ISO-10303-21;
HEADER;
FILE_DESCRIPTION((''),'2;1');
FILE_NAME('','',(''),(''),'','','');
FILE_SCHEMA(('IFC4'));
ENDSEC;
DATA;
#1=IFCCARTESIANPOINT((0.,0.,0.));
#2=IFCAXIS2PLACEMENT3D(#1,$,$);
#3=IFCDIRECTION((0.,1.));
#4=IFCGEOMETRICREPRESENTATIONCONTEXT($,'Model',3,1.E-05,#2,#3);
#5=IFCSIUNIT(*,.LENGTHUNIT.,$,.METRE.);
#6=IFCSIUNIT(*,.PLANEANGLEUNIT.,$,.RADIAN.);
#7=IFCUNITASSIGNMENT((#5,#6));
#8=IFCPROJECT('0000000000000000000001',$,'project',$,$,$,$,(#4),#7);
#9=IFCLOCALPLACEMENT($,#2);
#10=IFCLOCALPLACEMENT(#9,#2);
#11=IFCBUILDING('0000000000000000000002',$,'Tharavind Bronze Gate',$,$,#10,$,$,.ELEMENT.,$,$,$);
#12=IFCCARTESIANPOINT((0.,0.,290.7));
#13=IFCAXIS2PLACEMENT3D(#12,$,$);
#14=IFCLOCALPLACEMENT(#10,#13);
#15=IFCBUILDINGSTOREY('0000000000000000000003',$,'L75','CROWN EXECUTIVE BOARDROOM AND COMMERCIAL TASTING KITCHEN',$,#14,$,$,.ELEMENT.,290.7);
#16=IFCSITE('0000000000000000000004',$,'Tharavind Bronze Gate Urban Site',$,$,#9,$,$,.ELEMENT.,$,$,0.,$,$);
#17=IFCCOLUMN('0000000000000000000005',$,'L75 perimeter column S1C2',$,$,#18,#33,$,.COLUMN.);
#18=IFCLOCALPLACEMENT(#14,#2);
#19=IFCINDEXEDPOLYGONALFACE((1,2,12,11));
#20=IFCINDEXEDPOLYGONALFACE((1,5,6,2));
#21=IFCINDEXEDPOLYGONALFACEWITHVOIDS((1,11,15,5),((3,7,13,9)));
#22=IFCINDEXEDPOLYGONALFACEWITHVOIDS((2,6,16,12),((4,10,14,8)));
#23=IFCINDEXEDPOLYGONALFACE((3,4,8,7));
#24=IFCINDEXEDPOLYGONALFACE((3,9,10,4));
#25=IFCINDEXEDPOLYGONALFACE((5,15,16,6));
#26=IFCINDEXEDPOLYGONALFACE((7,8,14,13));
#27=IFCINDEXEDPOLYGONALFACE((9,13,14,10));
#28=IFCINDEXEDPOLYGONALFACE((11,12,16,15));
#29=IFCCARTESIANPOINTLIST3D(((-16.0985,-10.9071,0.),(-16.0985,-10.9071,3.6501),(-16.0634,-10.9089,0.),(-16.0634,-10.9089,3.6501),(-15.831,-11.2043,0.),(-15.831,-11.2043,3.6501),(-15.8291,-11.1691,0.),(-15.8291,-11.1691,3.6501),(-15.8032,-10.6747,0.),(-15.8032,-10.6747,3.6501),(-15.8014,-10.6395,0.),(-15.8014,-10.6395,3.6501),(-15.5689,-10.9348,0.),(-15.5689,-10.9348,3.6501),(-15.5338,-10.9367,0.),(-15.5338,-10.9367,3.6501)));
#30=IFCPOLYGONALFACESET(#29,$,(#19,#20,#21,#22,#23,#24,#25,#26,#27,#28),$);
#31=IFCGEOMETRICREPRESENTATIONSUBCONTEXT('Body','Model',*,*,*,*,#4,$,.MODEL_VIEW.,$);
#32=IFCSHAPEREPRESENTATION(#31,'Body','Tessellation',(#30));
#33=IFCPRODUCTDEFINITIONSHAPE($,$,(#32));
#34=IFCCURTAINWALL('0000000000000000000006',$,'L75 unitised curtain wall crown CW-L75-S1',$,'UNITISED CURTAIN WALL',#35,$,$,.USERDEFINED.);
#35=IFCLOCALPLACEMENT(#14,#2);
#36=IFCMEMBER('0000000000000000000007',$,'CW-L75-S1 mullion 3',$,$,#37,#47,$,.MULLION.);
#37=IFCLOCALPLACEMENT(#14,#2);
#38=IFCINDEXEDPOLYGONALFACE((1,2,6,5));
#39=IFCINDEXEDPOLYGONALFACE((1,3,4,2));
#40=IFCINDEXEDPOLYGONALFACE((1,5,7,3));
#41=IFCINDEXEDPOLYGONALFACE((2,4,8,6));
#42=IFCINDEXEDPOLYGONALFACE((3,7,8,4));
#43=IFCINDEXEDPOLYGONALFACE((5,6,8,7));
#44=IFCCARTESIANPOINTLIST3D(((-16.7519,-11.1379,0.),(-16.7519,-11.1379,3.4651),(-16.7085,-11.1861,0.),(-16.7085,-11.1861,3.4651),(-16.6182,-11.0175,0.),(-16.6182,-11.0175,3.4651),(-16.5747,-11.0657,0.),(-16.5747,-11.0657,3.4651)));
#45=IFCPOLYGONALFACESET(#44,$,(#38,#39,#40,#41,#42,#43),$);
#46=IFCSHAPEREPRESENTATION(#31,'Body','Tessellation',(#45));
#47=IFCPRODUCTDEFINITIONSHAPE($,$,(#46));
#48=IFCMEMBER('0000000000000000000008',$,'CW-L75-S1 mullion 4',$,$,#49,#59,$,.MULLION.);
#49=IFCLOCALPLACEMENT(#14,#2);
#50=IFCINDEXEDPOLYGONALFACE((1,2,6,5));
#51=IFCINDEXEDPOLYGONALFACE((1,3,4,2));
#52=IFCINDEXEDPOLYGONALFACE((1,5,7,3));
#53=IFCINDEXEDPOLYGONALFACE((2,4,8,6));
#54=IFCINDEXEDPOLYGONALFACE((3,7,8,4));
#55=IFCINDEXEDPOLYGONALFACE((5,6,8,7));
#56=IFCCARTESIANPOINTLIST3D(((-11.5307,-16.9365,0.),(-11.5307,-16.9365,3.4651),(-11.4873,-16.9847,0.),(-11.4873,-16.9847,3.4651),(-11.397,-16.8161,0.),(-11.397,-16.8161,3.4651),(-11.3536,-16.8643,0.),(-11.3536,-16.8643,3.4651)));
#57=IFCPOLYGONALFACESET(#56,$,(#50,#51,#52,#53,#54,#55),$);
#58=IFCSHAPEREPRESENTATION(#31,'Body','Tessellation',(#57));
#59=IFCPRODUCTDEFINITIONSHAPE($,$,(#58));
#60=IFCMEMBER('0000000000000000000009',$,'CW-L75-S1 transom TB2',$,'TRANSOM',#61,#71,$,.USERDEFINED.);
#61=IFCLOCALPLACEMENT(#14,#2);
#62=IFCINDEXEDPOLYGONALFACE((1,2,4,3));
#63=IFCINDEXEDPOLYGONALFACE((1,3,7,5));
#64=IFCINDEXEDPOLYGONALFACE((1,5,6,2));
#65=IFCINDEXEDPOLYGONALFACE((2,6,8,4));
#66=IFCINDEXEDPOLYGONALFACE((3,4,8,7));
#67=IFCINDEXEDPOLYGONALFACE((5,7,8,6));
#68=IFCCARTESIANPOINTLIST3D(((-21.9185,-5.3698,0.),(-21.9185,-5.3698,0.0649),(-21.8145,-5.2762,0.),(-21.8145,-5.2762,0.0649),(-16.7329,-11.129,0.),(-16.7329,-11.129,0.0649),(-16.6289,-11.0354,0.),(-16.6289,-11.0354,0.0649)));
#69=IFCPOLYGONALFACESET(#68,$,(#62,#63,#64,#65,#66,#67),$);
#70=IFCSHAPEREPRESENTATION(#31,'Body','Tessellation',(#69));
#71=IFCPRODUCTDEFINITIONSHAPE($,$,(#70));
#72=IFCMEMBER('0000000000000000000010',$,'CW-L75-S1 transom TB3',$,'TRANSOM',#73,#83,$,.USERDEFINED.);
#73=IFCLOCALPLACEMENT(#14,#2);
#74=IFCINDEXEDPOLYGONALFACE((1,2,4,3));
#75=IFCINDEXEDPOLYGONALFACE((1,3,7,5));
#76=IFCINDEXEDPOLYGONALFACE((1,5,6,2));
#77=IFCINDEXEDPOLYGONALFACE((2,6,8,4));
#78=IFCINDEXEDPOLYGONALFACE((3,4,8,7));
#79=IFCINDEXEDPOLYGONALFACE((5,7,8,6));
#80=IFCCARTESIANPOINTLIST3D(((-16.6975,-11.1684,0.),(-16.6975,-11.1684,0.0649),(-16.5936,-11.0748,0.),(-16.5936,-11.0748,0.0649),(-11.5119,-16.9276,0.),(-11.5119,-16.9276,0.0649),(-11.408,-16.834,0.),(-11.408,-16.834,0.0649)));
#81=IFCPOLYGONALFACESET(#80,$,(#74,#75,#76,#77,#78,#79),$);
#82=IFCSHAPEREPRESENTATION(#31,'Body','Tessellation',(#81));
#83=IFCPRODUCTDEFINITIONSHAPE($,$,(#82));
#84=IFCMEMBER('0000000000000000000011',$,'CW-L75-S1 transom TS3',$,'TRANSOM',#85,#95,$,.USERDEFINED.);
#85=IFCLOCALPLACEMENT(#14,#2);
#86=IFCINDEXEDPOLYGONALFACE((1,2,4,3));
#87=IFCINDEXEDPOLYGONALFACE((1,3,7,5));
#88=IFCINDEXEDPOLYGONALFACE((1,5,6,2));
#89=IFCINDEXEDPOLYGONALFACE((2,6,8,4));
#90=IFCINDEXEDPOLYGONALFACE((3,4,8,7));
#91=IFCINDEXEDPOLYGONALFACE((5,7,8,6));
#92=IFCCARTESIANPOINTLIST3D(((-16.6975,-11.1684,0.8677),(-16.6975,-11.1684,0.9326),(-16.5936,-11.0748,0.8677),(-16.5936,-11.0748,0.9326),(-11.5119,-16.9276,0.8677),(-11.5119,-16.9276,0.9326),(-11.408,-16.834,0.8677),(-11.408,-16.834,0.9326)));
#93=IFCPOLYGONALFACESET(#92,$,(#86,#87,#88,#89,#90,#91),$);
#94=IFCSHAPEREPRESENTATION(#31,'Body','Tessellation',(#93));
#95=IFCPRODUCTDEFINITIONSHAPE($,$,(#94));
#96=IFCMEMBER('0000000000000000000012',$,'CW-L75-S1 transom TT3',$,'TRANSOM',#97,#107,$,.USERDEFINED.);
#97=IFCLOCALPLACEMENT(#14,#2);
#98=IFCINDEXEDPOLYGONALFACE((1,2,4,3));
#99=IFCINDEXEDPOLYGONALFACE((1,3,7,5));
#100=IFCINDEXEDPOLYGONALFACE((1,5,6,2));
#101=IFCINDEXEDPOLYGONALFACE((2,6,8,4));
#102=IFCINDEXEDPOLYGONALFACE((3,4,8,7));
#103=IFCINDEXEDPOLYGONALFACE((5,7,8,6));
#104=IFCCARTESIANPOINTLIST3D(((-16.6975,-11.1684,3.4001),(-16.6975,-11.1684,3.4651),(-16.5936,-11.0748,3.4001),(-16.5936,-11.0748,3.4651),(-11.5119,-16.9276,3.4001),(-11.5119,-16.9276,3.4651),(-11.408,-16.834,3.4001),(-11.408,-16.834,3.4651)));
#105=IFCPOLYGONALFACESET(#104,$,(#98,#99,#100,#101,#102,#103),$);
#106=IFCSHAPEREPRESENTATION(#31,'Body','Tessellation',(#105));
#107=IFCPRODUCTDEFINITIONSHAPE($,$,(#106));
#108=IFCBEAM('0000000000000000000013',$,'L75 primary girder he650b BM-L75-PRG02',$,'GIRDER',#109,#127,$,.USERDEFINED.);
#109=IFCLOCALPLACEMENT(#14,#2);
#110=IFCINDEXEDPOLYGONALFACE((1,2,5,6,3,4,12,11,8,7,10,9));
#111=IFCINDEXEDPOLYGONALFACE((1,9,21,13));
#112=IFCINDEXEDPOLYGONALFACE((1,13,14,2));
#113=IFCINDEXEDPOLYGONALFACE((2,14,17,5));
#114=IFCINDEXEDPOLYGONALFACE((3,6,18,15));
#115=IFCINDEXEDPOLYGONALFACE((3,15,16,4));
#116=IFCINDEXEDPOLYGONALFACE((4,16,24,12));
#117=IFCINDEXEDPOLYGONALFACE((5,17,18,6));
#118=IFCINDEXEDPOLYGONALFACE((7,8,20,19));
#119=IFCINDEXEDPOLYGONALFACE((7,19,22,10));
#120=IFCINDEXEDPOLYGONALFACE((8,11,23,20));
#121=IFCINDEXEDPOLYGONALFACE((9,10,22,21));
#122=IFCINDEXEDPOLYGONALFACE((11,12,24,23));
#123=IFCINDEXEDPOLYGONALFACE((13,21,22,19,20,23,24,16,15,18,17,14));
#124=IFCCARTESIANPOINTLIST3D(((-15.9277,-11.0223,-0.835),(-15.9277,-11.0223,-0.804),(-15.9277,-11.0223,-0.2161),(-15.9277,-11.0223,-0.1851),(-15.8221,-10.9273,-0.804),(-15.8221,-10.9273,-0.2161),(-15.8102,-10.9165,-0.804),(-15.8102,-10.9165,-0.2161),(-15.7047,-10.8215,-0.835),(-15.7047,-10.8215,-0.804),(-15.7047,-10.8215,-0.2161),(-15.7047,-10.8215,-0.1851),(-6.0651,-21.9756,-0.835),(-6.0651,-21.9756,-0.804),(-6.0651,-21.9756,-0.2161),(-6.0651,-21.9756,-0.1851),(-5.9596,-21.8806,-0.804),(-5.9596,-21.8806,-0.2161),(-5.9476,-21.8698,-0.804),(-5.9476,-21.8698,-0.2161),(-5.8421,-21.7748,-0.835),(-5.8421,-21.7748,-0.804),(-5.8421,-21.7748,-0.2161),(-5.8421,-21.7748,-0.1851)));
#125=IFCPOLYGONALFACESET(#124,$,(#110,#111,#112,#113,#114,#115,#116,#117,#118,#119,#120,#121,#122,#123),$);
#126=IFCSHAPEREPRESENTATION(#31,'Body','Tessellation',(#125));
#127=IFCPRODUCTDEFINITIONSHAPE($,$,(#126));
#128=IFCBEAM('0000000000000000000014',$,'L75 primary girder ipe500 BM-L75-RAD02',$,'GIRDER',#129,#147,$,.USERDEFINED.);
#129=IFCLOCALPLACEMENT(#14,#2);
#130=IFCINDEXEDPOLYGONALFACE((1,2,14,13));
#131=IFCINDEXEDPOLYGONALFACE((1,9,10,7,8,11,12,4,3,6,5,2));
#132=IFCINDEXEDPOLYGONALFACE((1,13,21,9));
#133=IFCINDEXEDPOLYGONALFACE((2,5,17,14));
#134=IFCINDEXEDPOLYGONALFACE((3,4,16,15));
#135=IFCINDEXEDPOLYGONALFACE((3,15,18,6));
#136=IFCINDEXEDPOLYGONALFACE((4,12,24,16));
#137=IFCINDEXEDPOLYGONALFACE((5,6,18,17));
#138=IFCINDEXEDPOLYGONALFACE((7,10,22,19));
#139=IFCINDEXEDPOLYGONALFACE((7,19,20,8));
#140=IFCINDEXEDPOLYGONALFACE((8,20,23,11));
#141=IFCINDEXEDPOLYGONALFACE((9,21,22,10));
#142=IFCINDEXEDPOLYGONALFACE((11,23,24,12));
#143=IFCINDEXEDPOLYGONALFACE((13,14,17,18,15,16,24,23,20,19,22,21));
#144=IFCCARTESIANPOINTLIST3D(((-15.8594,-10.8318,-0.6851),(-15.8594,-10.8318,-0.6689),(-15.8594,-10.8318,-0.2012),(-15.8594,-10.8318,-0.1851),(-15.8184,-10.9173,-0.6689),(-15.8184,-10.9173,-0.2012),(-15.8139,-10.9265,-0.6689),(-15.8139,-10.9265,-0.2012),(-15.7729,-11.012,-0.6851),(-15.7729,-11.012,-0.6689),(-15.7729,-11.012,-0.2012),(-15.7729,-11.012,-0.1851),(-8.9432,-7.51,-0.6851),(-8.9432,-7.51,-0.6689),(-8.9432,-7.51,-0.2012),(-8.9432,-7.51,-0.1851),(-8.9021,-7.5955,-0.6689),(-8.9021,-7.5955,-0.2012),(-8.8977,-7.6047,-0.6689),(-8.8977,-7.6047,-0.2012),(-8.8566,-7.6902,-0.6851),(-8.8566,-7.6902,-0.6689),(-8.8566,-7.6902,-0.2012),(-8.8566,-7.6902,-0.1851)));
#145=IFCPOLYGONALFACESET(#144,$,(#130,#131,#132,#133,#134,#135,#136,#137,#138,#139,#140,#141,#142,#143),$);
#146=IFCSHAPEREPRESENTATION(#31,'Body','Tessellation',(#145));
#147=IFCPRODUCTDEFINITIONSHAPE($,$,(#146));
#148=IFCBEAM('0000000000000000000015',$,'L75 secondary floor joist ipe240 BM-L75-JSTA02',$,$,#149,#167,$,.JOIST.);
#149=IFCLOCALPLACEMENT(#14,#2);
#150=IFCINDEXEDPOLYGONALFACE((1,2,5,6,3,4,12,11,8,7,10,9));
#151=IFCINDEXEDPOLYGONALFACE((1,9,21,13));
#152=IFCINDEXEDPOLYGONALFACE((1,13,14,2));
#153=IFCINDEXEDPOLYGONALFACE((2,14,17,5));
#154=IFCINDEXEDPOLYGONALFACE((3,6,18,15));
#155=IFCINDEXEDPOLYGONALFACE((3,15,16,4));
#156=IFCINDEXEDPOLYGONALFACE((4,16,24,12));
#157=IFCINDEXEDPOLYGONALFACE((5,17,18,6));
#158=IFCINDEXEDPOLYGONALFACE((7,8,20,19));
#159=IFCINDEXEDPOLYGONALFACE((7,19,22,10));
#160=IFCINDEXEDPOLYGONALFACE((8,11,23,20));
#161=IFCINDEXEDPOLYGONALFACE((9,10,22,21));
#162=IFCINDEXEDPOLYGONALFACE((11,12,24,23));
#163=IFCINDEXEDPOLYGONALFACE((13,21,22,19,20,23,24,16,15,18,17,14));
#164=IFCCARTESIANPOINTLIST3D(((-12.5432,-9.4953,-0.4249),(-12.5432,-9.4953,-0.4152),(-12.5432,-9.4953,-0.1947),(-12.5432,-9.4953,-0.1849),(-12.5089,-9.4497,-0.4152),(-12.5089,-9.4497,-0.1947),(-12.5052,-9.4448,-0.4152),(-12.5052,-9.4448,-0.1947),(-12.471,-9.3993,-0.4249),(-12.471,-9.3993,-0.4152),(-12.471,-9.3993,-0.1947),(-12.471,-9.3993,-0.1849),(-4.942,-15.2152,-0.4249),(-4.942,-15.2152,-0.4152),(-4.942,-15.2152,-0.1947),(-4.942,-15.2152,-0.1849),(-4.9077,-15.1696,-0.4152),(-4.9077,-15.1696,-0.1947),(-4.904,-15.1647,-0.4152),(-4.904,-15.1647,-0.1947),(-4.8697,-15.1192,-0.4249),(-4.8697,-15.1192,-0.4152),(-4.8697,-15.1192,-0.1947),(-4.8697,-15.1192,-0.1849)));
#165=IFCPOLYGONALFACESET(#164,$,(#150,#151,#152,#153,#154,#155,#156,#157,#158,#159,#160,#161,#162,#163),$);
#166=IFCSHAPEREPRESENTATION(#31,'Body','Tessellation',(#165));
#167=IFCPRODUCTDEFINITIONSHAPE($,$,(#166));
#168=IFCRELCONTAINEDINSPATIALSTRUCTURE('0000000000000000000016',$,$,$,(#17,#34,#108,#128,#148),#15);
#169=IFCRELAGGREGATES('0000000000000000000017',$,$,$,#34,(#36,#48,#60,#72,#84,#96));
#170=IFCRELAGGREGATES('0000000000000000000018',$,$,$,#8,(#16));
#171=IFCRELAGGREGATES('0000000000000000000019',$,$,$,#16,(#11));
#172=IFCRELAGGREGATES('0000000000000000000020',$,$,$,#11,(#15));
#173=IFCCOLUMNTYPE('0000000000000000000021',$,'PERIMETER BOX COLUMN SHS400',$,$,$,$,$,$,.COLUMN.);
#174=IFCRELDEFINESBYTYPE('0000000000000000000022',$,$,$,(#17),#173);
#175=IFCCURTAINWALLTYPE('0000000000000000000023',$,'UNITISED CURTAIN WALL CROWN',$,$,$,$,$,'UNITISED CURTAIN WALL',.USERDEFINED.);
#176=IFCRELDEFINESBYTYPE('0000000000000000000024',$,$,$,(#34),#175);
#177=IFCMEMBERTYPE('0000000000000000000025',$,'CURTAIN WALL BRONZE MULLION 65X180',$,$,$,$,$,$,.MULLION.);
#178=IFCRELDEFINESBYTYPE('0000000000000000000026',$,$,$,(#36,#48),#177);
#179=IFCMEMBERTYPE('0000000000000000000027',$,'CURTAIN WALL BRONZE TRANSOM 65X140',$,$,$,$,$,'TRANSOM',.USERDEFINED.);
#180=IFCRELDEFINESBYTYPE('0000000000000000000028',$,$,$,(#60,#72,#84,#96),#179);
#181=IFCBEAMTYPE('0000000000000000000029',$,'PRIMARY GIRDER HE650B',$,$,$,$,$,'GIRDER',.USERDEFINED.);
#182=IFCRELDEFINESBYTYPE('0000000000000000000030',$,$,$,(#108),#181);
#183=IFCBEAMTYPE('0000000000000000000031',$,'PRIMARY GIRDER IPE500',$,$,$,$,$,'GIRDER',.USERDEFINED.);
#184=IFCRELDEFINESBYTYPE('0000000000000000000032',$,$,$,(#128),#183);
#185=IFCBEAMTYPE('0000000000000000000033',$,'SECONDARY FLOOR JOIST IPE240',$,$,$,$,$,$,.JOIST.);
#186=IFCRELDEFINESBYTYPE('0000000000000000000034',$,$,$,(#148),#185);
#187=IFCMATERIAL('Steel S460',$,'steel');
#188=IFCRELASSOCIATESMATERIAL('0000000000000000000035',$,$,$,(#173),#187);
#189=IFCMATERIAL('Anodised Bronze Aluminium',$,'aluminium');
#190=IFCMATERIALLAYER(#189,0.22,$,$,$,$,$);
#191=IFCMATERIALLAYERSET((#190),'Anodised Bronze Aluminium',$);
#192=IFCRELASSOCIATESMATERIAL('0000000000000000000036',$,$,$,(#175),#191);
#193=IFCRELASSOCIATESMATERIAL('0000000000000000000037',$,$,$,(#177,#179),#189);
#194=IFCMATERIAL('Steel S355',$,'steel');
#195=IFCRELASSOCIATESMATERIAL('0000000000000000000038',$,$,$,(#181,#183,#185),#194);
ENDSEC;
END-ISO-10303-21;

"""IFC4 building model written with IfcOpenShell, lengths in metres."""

from ifc_helpers import new_model, si_unit, direction, frame, origin, origin_2d, place, context, subcontext, project, spatial, rectangle, hollow_rectangle, i_section, extrude, material, layer, layer_set, material_profile, profile_set, type_object, element, aggregate, save


model = new_model("IFC4")

# Units and contexts
model_context = context("Model", 3, precision=1e-05, world=origin(), true_north=direction((0.0, 1.0)))
body_context = subcontext(model_context, "Body", "Model", "MODEL_VIEW")
ifc_project = project(units=[si_unit("LENGTHUNIT", "METRE"), si_unit("PLANEANGLEUNIT", "RADIAN")], contexts=[model_context])

# Site, building, storey
site_placement = place(None, origin())
site = spatial("IfcSite", under=ifc_project, at=site_placement, Name="Tharavind Bronze Gate Urban Site", CompositionType="ELEMENT", RefElevation=0.0)
building_placement = place(site_placement, origin())
building = spatial("IfcBuilding", under=site, at=building_placement, Name="Tharavind Bronze Gate", CompositionType="ELEMENT")
storey_placement = place(building_placement, frame((0.0, 0.0, 290.7)))
storey = spatial("IfcBuildingStorey", under=building, at=storey_placement, Name="L75", Description="CROWN EXECUTIVE BOARDROOM AND COMMERCIAL TASTING KITCHEN", CompositionType="ELEMENT", Elevation=290.7)

# Column
ifc_material_1 = material(Name="Steel S460", Category="steel")
ifc_material_profile_1 = material_profile(ifc_material_1, hollow_rectangle(XDim=0.3999, YDim=0.3999, WallThickness=0.0249, at=origin_2d()), Name="SHS400X25")
ifc_profile_set_1 = profile_set([ifc_material_profile_1], Name="Steel S460")
column_type = type_object("IfcColumnType", Name="PERIMETER BOX COLUMN SHS400", PredefinedType="COLUMN", material=ifc_profile_set_1)
column_placement = place(storey_placement, frame((-15.8162, -10.9219, 0.0), z_axis=(0.0, 0.0, 1.0), x_axis=(-0.669131, 0.743145, 0.0)))
element("IfcColumn", 1, at=column_placement, inside=storey, type_object=column_type, Name="L75 perimeter column S1C2", PredefinedType="COLUMN", context=body_context, shape_type="SweptSolid", body=[
    extrude(hollow_rectangle(XDim=0.3999, YDim=0.3999, WallThickness=0.0249, at=origin_2d()), origin(), (0.0, 0.0, 1.0), 3.6501),
])

# Curtain wall, members
ifc_material_2 = material(Name="Anodised Bronze Aluminium", Category="aluminium")
ifc_layer_1 = layer(ifc_material_2, 0.22)
ifc_layer_set_1 = layer_set([ifc_layer_1], Name="Anodised Bronze Aluminium")
curtain_wall_type = type_object("IfcCurtainWallType", Name="UNITISED CURTAIN WALL CROWN", ElementType="UNITISED CURTAIN WALL", PredefinedType="USERDEFINED", material=ifc_layer_set_1)
curtain_wall_placement = place(storey_placement, origin())
curtain_wall = element("IfcCurtainWall", 2, at=curtain_wall_placement, inside=storey, type_object=curtain_wall_type, Name="L75 unitised curtain wall crown CW-L75-S1", ObjectType="UNITISED CURTAIN WALL", PredefinedType="USERDEFINED")
member_type_1 = type_object("IfcMemberType", Name="CURTAIN WALL BRONZE MULLION 65X180", PredefinedType="MULLION", material=ifc_material_2)
member_1_placement = place(storey_placement, frame((-16.6633, -11.1018, 0.0), z_axis=(0.0, 0.0, 1.0), x_axis=(0.669131, -0.743145, 0.0)))
member_1 = element("IfcMember", 3, at=member_1_placement, type_object=member_type_1, Name="CW-L75-S1 mullion 3", PredefinedType="MULLION", context=body_context, shape_type="SweptSolid", body=[
    extrude(rectangle(XDim=0.0649, YDim=0.1799, at=origin_2d()), origin(), (0.0, 0.0, 1.0), 3.4651),
])
member_2_placement = place(storey_placement, frame((-11.4421, -16.9004, 0.0), z_axis=(0.0, 0.0, 1.0), x_axis=(0.669131, -0.743145, 0.0)))
member_2 = element("IfcMember", 4, at=member_2_placement, type_object=member_type_1, Name="CW-L75-S1 mullion 4", PredefinedType="MULLION", context=body_context, shape_type="SweptSolid", body=[
    extrude(rectangle(XDim=0.0649, YDim=0.1799, at=origin_2d()), origin(), (0.0, 0.0, 1.0), 3.4651),
])
member_type_2 = type_object("IfcMemberType", Name="CURTAIN WALL BRONZE TRANSOM 65X140", ElementType="TRANSOM", PredefinedType="USERDEFINED", material=ifc_material_2)
member_3_placement = place(storey_placement, frame((-19.2737, -8.2026, 0.0), z_axis=(0.0, 0.0, 1.0), x_axis=(0.669131, -0.743145, 0.0)))
member_3 = element("IfcMember", 5, at=member_3_placement, type_object=member_type_2, Name="CW-L75-S1 transom TB2", ObjectType="TRANSOM", PredefinedType="USERDEFINED", context=body_context, shape_type="SweptSolid", body=[
    extrude(rectangle(XDim=7.7498, YDim=0.1399, at=origin_2d()), origin(), (0.0, 0.0, 1.0), 0.0649),
])
member_4_placement = place(storey_placement, frame((-14.0527, -14.0012, 0.0), z_axis=(0.0, 0.0, 1.0), x_axis=(0.669131, -0.743145, 0.0)))
member_4 = element("IfcMember", 6, at=member_4_placement, type_object=member_type_2, Name="CW-L75-S1 transom TB3", ObjectType="TRANSOM", PredefinedType="USERDEFINED", context=body_context, shape_type="SweptSolid", body=[
    extrude(rectangle(XDim=7.7498, YDim=0.1399, at=origin_2d()), origin(), (0.0, 0.0, 1.0), 0.0649),
])
member_5_placement = place(storey_placement, frame((-14.0527, -14.0012, 0.8677), z_axis=(0.0, 0.0, 1.0), x_axis=(0.669131, -0.743145, 0.0)))
member_5 = element("IfcMember", 7, at=member_5_placement, type_object=member_type_2, Name="CW-L75-S1 transom TS3", ObjectType="TRANSOM", PredefinedType="USERDEFINED", context=body_context, shape_type="SweptSolid", body=[
    extrude(rectangle(XDim=7.7498, YDim=0.1399, at=origin_2d()), origin(), (0.0, 0.0, 1.0), 0.0649),
])
member_6_placement = place(storey_placement, frame((-14.0527, -14.0012, 3.4001), z_axis=(0.0, 0.0, 1.0), x_axis=(0.669131, -0.743145, 0.0)))
member_6 = element("IfcMember", 8, at=member_6_placement, type_object=member_type_2, Name="CW-L75-S1 transom TT3", ObjectType="TRANSOM", PredefinedType="USERDEFINED", context=body_context, shape_type="SweptSolid", body=[
    extrude(rectangle(XDim=7.7498, YDim=0.1399, at=origin_2d()), origin(), (0.0, 0.0, 1.0), 0.0649),
])

# Beams
ifc_material_3 = material(Name="Steel S355", Category="steel")
ifc_material_profile_2 = material_profile(ifc_material_3, i_section(OverallWidth=0.3, OverallDepth=0.6499, WebThickness=0.0161, FlangeThickness=0.031, at=origin_2d()), Name="HE650B")
ifc_profile_set_2 = profile_set([ifc_material_profile_2], Name="Steel S355")
beam_type_1 = type_object("IfcBeamType", Name="PRIMARY GIRDER HE650B", ElementType="GIRDER", PredefinedType="USERDEFINED", material=ifc_profile_set_2)
beam_1_placement = place(storey_placement, frame((-15.8162, -10.9219, -0.51), z_axis=(0.669134, -0.743142, 0.0), x_axis=(0.743142, 0.669134, 0.0)))
element("IfcBeam", 9, at=beam_1_placement, inside=storey, type_object=beam_type_1, Name="L75 primary girder he650b BM-L75-PRG02", ObjectType="GIRDER", PredefinedType="USERDEFINED", context=body_context, shape_type="SweptSolid", body=[
    extrude(i_section(OverallWidth=0.3, OverallDepth=0.6499, WebThickness=0.0161, FlangeThickness=0.031, at=origin_2d()), origin(), (0.0, 0.0, 1.0), 14.7393),
])
ifc_material_profile_3 = material_profile(ifc_material_3, i_section(OverallWidth=0.2, OverallDepth=0.5, WebThickness=0.0103, FlangeThickness=0.0161, at=origin_2d()), Name="IPE500")
ifc_profile_set_3 = profile_set([ifc_material_profile_3], Name="Steel S355")
beam_type_2 = type_object("IfcBeamType", Name="PRIMARY GIRDER IPE500", ElementType="GIRDER", PredefinedType="USERDEFINED", material=ifc_profile_set_3)
beam_2_placement = place(storey_placement, frame((-15.8162, -10.9219, -0.4351), z_axis=(0.901423, 0.43294, 0.0), x_axis=(-0.43294, 0.901423, 0.0)))
element("IfcBeam", 10, at=beam_2_placement, inside=storey, type_object=beam_type_2, Name="L75 primary girder ipe500 BM-L75-RAD02", ObjectType="GIRDER", PredefinedType="USERDEFINED", context=body_context, shape_type="SweptSolid", body=[
    extrude(i_section(OverallWidth=0.2, OverallDepth=0.5, WebThickness=0.0103, FlangeThickness=0.0161, at=origin_2d()), origin(), (0.0, 0.0, 1.0), 7.6726),
])
ifc_material_profile_4 = material_profile(ifc_material_3, i_section(OverallWidth=0.1201, OverallDepth=0.24, WebThickness=0.0061, FlangeThickness=0.0098, at=origin_2d()), Name="IPE240")
ifc_profile_set_4 = profile_set([ifc_material_profile_4], Name="Steel S355")
beam_type_3 = type_object("IfcBeamType", Name="SECONDARY FLOOR JOIST IPE240", PredefinedType="JOIST", material=ifc_profile_set_4)
beam_3_placement = place(storey_placement, frame((-12.5071, -9.4473, -0.3049), z_axis=(0.799041, -0.601276, 0.0), x_axis=(0.601276, 0.799041, 0.0)))
element("IfcBeam", 11, at=beam_3_placement, inside=storey, type_object=beam_type_3, Name="L75 secondary floor joist ipe240 BM-L75-JSTA02", PredefinedType="JOIST", context=body_context, shape_type="SweptSolid", body=[
    extrude(i_section(OverallWidth=0.1201, OverallDepth=0.24, WebThickness=0.0061, FlangeThickness=0.0098, at=origin_2d()), origin(), (0.0, 0.0, 1.0), 9.5129),
])

aggregate(curtain_wall, [member_1, member_2, member_3, member_4, member_5, member_6])

save(model, "model.ifc")
